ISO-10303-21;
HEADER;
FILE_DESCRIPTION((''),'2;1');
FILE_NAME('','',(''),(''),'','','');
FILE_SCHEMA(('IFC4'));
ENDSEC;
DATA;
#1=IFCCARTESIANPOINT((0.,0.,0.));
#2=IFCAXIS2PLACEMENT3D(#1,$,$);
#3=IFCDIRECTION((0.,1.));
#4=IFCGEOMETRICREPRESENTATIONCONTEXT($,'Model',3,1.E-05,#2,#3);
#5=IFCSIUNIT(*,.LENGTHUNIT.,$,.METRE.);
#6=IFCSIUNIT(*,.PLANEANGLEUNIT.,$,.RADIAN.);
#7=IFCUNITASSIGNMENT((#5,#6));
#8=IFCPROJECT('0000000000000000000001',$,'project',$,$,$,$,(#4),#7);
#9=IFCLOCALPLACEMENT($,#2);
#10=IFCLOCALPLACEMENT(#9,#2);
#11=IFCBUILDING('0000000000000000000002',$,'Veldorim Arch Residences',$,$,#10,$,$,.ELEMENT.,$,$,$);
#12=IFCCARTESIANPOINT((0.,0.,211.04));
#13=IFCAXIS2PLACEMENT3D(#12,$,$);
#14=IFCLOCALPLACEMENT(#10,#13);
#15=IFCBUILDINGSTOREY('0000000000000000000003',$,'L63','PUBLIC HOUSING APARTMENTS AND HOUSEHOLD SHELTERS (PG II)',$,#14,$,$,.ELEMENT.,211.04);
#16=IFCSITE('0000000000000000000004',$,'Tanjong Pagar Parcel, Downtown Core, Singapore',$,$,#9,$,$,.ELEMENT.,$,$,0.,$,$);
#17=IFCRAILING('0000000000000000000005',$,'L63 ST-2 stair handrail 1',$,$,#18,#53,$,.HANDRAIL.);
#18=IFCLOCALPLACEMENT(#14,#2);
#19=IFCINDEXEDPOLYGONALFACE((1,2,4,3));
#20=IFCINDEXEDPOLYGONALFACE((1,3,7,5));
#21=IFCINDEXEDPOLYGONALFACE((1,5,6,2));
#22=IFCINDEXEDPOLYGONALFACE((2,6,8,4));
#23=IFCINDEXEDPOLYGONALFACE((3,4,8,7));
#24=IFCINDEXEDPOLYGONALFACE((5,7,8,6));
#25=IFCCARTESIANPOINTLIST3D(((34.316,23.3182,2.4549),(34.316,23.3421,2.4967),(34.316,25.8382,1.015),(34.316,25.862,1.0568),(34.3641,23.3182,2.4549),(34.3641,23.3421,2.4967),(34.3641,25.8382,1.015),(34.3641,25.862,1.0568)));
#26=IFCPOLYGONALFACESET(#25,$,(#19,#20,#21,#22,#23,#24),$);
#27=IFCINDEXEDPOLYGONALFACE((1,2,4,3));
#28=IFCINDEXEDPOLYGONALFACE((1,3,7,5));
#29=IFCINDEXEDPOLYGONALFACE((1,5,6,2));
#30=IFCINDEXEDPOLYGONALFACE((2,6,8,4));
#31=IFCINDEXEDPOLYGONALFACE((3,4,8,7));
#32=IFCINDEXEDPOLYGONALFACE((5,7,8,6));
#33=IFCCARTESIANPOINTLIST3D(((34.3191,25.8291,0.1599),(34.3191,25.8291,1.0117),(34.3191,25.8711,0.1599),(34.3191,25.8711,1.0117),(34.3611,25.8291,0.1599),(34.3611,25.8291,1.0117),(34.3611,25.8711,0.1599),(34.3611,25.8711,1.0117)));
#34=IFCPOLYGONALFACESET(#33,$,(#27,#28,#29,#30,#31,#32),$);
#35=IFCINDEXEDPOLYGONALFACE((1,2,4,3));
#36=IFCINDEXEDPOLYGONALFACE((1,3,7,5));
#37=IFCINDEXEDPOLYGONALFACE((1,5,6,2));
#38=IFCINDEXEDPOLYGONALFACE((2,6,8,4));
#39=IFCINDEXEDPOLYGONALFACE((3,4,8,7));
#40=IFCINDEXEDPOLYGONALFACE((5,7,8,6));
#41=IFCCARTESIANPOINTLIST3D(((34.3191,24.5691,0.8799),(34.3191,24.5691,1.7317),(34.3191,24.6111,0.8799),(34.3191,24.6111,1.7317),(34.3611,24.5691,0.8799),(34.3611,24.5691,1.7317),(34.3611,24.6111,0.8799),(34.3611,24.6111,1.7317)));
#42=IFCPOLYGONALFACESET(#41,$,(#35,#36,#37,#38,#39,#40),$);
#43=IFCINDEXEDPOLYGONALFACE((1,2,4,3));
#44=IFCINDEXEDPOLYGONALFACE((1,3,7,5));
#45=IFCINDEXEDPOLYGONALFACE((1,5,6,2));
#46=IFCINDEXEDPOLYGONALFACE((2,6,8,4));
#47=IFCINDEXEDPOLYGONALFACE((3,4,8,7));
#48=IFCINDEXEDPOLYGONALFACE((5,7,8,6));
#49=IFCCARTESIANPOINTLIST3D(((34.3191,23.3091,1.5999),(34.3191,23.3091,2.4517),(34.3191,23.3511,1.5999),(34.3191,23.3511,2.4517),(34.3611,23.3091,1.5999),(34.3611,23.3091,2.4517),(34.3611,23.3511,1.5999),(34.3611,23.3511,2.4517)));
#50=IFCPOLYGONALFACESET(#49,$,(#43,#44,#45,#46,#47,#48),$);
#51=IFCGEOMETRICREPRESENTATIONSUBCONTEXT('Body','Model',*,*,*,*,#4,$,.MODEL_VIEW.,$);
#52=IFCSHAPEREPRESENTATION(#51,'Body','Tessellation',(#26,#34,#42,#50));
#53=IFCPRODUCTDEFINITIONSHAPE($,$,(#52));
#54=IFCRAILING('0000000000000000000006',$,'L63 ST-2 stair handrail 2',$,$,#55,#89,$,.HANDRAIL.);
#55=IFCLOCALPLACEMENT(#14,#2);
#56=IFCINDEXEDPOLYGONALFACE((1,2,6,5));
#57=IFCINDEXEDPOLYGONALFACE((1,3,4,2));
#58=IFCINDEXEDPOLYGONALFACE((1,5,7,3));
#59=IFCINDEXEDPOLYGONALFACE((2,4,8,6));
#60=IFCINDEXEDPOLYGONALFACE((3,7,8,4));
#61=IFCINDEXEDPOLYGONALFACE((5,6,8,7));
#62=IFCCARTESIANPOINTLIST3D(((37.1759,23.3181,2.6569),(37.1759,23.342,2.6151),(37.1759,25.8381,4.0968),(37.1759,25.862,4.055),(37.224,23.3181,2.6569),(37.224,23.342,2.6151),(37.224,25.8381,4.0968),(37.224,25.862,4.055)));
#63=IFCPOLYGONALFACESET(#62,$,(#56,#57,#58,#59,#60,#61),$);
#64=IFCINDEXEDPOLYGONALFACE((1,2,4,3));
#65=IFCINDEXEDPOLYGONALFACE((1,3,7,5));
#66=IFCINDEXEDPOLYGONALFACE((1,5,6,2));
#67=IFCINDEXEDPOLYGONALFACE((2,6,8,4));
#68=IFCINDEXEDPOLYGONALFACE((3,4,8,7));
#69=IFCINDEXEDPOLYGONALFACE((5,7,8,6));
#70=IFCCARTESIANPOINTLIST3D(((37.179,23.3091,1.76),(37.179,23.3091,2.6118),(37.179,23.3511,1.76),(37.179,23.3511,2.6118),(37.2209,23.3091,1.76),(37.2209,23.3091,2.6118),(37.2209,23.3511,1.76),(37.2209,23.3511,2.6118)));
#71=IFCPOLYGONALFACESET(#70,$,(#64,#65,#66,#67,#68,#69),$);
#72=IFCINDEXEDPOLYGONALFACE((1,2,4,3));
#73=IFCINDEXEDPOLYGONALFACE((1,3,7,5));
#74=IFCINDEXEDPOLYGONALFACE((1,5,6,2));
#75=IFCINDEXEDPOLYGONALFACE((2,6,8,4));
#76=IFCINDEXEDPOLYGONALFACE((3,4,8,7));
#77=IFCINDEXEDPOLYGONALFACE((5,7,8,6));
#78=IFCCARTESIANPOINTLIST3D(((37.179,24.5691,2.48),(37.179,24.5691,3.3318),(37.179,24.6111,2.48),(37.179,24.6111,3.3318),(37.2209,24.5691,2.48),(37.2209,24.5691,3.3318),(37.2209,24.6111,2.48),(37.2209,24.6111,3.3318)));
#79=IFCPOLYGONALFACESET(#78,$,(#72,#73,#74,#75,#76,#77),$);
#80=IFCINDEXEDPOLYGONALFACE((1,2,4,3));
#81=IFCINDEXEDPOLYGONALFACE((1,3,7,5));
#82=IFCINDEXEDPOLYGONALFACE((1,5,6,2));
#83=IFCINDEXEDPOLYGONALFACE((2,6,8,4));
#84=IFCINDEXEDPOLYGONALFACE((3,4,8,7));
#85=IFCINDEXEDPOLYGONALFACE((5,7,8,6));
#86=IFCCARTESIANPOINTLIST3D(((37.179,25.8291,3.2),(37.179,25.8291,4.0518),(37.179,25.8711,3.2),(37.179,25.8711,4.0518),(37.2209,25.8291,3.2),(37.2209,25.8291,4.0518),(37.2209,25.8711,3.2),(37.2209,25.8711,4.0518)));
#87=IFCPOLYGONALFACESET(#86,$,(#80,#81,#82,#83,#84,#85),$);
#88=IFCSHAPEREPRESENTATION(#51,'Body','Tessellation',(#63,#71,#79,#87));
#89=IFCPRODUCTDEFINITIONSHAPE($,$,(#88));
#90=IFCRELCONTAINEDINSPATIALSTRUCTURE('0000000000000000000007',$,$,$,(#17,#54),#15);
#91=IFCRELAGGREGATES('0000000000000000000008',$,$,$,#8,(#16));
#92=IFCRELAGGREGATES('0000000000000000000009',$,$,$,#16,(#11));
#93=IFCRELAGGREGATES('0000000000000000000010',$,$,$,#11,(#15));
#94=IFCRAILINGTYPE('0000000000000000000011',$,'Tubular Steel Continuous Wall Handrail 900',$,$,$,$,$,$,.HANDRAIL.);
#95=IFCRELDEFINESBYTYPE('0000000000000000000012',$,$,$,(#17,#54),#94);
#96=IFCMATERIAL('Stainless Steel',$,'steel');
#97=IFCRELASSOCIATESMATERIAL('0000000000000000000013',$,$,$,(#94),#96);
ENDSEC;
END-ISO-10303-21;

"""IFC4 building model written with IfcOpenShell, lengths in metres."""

from ifc_helpers import new_model, si_unit, direction, frame, origin, origin_2d, place, context, subcontext, project, spatial, rectangle, extrude, material, type_object, element, save


model = new_model("IFC4")

# Units and contexts
model_context = context("Model", 3, precision=1e-05, world=origin(), true_north=direction((0.0, 1.0)))
body_context = subcontext(model_context, "Body", "Model", "MODEL_VIEW")
ifc_project = project(units=[si_unit("LENGTHUNIT", "METRE"), si_unit("PLANEANGLEUNIT", "RADIAN")], contexts=[model_context])

# Site, building, storey
site_placement = place(None, origin())
site = spatial("IfcSite", under=ifc_project, at=site_placement, Name="Tanjong Pagar Parcel, Downtown Core, Singapore", CompositionType="ELEMENT", RefElevation=0.0)
building_placement = place(site_placement, origin())
building = spatial("IfcBuilding", under=site, at=building_placement, Name="Veldorim Arch Residences", CompositionType="ELEMENT")
storey_placement = place(building_placement, frame((0.0, 0.0, 211.04)))
storey = spatial("IfcBuildingStorey", under=building, at=storey_placement, Name="L63", Description="PUBLIC HOUSING APARTMENTS AND HOUSEHOLD SHELTERS (PG II)", CompositionType="ELEMENT", Elevation=211.04)

# Railings
ifc_material_1 = material(Name="Stainless Steel", Category="steel")
railing_type_1 = type_object("IfcRailingType", Name="Tubular Steel Continuous Wall Handrail 900", PredefinedType="HANDRAIL", material=ifc_material_1)
railing_1_placement = place(storey_placement, frame((34.3401, 25.8501, 0.1599)))
element("IfcRailing", 1, at=railing_1_placement, inside=storey, type_object=railing_type_1, Name="L63 ST-2 stair handrail 1", PredefinedType="HANDRAIL", context=body_context, shape_type="SweptSolid", body=[
    extrude(rectangle(XDim=0.0481, YDim=0.0481, at=origin_2d()), frame((0.0, 0.0, 0.876), z_axis=(0.0, -0.868253, 0.496121), x_axis=(1.0, 0.0, 0.0)), (0.0, 0.0, 1.0), 2.9023),
    extrude(rectangle(XDim=0.042, YDim=0.042, at=origin_2d()), origin(), (0.0, 0.0, 1.0), 0.8518),
    extrude(rectangle(XDim=0.042, YDim=0.042, at=origin_2d()), frame((0.0, -1.26, 0.72)), (0.0, 0.0, 1.0), 0.8518),
    extrude(rectangle(XDim=0.042, YDim=0.042, at=origin_2d()), frame((0.0, -2.52, 1.4399)), (0.0, 0.0, 1.0), 0.8518),
])
railing_2_placement = place(storey_placement, frame((37.2, 23.3301, 1.76)))
element("IfcRailing", 2, at=railing_2_placement, inside=storey, type_object=railing_type_1, Name="L63 ST-2 stair handrail 2", PredefinedType="HANDRAIL", context=body_context, shape_type="SweptSolid", body=[
    extrude(rectangle(XDim=0.0481, YDim=0.0481, at=origin_2d()), frame((0.0, 0.0, 0.876), z_axis=(0.0, 0.868253, 0.496121), x_axis=(-1.0, 0.0, 0.0)), (0.0, 0.0, 1.0), 2.9023),
    extrude(rectangle(XDim=0.042, YDim=0.042, at=origin_2d()), origin(), (0.0, 0.0, 1.0), 0.8518),
    extrude(rectangle(XDim=0.042, YDim=0.042, at=origin_2d()), frame((0.0, 1.26, 0.72)), (0.0, 0.0, 1.0), 0.8518),
    extrude(rectangle(XDim=0.042, YDim=0.042, at=origin_2d()), frame((0.0, 2.52, 1.4399)), (0.0, 0.0, 1.0), 0.8518),
])

save(model, "model.ifc")
